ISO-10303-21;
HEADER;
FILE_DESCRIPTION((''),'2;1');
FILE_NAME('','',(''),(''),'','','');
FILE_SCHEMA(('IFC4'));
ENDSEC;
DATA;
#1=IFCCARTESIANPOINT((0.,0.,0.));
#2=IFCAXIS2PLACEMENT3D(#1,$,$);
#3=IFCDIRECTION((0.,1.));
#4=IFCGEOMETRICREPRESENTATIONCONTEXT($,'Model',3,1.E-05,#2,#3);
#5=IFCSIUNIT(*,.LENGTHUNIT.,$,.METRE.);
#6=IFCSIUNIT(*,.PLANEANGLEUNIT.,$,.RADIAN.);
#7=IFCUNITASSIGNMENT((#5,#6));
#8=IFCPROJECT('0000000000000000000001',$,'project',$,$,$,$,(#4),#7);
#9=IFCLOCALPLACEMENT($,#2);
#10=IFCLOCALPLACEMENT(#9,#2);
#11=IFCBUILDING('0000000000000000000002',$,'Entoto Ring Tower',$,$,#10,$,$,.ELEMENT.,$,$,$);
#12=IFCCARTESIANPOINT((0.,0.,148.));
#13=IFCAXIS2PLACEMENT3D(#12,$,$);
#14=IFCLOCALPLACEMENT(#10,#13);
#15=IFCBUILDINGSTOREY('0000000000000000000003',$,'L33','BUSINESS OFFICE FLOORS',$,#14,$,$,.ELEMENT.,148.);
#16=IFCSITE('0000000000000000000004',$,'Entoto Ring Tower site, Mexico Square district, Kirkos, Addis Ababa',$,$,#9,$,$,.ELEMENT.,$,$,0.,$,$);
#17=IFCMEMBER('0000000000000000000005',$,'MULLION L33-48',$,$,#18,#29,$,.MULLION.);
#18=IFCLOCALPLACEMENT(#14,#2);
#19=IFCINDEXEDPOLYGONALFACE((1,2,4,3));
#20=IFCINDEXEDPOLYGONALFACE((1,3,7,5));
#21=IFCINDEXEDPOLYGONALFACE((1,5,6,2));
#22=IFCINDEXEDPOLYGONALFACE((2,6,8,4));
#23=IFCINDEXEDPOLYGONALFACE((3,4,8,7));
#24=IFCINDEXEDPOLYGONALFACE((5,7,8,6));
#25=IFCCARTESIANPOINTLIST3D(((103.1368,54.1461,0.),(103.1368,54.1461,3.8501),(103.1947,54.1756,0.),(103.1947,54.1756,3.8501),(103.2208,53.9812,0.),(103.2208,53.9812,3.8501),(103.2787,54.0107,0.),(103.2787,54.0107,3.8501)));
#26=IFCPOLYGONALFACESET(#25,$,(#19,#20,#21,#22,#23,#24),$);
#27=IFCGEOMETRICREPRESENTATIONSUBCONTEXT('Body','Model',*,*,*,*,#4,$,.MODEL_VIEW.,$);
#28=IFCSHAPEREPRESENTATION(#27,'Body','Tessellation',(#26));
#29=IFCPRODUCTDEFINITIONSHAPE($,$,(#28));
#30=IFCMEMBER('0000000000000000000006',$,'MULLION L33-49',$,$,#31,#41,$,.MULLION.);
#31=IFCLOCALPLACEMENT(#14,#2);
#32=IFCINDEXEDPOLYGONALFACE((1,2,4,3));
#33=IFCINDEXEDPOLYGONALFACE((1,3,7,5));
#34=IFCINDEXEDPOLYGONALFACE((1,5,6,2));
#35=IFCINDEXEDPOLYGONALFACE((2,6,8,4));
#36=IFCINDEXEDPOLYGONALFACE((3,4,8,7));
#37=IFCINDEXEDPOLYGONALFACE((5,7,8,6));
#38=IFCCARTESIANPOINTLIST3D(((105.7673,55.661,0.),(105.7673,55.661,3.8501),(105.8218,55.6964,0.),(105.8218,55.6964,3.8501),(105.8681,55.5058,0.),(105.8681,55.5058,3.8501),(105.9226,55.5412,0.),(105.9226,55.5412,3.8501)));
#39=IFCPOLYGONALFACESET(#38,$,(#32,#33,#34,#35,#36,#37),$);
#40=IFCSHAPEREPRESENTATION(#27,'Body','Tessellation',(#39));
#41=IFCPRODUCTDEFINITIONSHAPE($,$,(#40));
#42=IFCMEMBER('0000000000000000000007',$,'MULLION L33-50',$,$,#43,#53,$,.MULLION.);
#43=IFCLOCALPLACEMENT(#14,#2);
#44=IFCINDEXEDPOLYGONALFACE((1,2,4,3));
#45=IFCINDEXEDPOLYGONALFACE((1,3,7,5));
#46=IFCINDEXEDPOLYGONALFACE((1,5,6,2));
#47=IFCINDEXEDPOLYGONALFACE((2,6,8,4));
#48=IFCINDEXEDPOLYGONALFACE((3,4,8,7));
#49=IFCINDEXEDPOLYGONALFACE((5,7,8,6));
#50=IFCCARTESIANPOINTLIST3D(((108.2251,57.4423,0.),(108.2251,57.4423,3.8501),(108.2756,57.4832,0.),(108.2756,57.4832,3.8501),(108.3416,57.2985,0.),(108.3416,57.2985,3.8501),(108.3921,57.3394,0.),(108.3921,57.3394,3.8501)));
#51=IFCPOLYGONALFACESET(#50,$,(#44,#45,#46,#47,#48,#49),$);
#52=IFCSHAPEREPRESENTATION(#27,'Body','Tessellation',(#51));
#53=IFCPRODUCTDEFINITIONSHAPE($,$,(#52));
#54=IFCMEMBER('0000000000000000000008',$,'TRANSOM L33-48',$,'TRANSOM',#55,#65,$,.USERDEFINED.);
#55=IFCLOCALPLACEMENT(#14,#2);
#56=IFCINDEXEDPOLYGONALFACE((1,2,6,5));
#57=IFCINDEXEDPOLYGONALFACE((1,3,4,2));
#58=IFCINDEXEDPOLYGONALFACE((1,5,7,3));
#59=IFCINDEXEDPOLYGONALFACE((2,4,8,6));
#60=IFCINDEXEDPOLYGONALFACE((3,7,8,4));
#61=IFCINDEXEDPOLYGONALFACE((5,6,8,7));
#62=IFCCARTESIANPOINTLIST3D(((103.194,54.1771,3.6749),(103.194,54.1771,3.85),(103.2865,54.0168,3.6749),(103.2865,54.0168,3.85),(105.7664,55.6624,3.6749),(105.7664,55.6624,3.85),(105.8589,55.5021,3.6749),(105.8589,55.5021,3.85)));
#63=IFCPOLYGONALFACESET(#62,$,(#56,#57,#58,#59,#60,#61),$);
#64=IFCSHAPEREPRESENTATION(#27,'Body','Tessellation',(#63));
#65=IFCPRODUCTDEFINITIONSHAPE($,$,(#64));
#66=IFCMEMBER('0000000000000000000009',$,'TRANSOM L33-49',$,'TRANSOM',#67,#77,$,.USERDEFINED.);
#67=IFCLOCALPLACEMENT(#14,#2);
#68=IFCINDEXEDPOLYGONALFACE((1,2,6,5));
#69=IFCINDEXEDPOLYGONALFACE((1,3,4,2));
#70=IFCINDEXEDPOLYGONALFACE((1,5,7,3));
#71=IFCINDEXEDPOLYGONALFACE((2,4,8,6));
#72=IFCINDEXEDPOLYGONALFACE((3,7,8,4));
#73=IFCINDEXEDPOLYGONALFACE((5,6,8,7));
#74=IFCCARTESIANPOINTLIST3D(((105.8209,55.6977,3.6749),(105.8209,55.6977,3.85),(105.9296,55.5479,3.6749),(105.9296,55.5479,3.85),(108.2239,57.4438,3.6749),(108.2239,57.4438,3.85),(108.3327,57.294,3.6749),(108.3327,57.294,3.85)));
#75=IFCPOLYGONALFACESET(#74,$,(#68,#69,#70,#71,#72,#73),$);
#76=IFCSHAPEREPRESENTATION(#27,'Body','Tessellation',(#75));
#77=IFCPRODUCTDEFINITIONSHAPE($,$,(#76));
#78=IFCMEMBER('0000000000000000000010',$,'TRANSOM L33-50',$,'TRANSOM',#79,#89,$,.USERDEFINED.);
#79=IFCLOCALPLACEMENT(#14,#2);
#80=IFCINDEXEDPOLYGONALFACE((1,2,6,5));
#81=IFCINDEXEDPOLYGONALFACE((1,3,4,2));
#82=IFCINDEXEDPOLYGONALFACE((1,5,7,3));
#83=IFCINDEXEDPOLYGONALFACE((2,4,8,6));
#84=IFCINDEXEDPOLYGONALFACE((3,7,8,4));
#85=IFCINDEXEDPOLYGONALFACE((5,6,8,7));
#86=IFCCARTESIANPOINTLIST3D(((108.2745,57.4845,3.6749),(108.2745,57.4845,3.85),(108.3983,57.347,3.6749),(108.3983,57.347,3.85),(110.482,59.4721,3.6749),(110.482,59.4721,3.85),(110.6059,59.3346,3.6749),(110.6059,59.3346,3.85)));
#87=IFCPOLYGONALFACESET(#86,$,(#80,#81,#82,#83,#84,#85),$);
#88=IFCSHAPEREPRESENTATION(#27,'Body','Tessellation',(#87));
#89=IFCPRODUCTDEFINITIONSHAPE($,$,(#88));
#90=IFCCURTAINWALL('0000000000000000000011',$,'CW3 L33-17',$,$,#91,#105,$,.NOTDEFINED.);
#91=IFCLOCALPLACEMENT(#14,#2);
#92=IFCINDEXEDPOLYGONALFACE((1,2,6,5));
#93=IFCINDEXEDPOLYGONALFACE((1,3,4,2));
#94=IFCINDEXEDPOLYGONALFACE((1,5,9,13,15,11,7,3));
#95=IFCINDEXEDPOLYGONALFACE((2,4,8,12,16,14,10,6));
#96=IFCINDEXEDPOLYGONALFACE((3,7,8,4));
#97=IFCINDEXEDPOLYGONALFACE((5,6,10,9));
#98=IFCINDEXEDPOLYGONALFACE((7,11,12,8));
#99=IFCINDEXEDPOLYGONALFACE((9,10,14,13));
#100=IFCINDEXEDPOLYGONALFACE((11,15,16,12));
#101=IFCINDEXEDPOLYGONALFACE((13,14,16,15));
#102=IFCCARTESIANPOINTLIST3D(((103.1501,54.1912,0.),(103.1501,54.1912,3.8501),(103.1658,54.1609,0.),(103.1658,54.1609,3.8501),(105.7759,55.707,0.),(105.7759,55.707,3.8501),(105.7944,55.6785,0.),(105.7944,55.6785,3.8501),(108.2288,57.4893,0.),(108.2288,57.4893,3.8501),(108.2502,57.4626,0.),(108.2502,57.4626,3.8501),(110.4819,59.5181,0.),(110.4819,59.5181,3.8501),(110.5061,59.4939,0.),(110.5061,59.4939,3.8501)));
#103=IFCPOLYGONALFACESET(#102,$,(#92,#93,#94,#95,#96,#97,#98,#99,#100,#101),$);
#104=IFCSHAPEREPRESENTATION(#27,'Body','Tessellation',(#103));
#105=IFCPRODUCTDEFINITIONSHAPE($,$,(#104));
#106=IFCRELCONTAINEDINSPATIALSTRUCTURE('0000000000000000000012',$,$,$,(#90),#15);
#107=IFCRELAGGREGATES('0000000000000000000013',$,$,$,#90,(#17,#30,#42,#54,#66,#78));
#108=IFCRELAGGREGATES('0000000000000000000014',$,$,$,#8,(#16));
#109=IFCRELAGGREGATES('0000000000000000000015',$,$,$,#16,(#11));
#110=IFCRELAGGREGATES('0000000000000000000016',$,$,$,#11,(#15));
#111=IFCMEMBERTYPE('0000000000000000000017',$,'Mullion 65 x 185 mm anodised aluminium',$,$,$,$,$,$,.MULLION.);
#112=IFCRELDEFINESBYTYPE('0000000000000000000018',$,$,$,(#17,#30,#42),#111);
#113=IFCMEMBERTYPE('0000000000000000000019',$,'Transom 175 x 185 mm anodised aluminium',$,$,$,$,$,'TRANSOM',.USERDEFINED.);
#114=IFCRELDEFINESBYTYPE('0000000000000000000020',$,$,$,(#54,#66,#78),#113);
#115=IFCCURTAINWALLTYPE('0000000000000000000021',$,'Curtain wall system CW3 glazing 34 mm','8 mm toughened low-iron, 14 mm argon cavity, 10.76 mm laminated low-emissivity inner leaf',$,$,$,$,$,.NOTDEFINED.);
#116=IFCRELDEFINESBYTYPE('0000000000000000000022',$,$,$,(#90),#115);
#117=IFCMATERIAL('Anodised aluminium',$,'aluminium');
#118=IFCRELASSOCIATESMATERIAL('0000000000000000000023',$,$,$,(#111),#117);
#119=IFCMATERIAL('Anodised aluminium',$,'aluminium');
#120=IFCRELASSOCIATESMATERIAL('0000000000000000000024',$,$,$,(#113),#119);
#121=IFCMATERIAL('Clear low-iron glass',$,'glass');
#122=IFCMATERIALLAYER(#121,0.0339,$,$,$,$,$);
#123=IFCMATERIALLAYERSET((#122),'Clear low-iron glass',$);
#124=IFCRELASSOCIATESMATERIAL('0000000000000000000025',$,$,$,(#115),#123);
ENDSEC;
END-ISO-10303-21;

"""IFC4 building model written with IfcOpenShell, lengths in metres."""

from ifc_helpers import new_model, si_unit, direction, frame, origin, origin_2d, place, context, subcontext, project, spatial, polyline, rectangle, outline, extrude, material, layer, layer_set, material_profile, profile_set, type_object, element, aggregate, save


model = new_model("IFC4")

# Units and contexts
model_context = context("Model", 3, precision=1e-05, world=origin(), true_north=direction((0.0, 1.0)))
body_context = subcontext(model_context, "Body", "Model", "MODEL_VIEW")
ifc_project = project(units=[si_unit("LENGTHUNIT", "METRE"), si_unit("PLANEANGLEUNIT", "RADIAN")], contexts=[model_context])

# Members
ifc_material_1 = material(Name="Anodised aluminium", Category="aluminium")
ifc_material_profile_1 = material_profile(ifc_material_1, rectangle(XDim=0.0649, YDim=0.1851, at=origin_2d()), Name="Mullion 65 x 185 mm anodised aluminium")
ifc_profile_set_1 = profile_set([ifc_material_profile_1], Name="Anodised aluminium")
member_type_1 = type_object("IfcMemberType", Name="Mullion 65 x 185 mm anodised aluminium", PredefinedType="MULLION", material=ifc_profile_set_1)
site_placement = place(None, origin())
building_placement = place(site_placement, origin())
storey_placement = place(building_placement, frame((0.0, 0.0, 148.0)))
member_1_placement = place(storey_placement, frame((103.2078, 54.0784, 0.0), z_axis=(0.0, 0.0, 1.0), x_axis=(0.891007, 0.45399, 0.0)))
member_1 = element("IfcMember", 1, at=member_1_placement, type_object=member_type_1, Name="MULLION L33-48", PredefinedType="MULLION", context=body_context, shape_type="SweptSolid", body=[
    extrude(rectangle(XDim=0.0649, YDim=0.1851, at=origin_2d()), origin(), (0.0, 0.0, 1.0), 3.8501),
])
member_2_placement = place(storey_placement, frame((105.845, 55.6011, 0.0), z_axis=(0.0, 0.0, 1.0), x_axis=(0.838671, 0.544639, 0.0)))
member_2 = element("IfcMember", 2, at=member_2_placement, type_object=member_type_1, Name="MULLION L33-49", PredefinedType="MULLION", context=body_context, shape_type="SweptSolid", body=[
    extrude(rectangle(XDim=0.0649, YDim=0.1851, at=origin_2d()), origin(), (0.0, 0.0, 1.0), 3.8501),
])
member_3_placement = place(storey_placement, frame((108.3086, 57.3909, 0.0), z_axis=(0.0, 0.0, 1.0), x_axis=(0.777146, 0.62932, 0.0)))
member_3 = element("IfcMember", 3, at=member_3_placement, type_object=member_type_1, Name="MULLION L33-50", PredefinedType="MULLION", context=body_context, shape_type="SweptSolid", body=[
    extrude(rectangle(XDim=0.0649, YDim=0.1851, at=origin_2d()), origin(), (0.0, 0.0, 1.0), 3.8501),
])
ifc_material_2 = material(Name="Anodised aluminium", Category="aluminium")
ifc_material_profile_2 = material_profile(ifc_material_2, rectangle(XDim=0.1851, YDim=0.175, at=origin_2d()), Name="Transom 175 x 185 mm anodised aluminium")
ifc_profile_set_2 = profile_set([ifc_material_profile_2], Name="Anodised aluminium")
member_type_2 = type_object("IfcMemberType", Name="Transom 175 x 185 mm anodised aluminium", ElementType="TRANSOM", PredefinedType="USERDEFINED", material=ifc_profile_set_2)
member_4_placement = place(storey_placement, frame((103.2402, 54.0969, 3.7625), z_axis=(0.866009, 0.500028, 0.0), x_axis=(-0.500028, 0.866009, 0.0)))
member_4 = element("IfcMember", 4, at=member_4_placement, type_object=member_type_2, Name="TRANSOM L33-48", ObjectType="TRANSOM", PredefinedType="USERDEFINED", context=body_context, shape_type="SweptSolid", body=[
    extrude(rectangle(XDim=0.1851, YDim=0.175, at=origin_2d()), origin(), (0.0, 0.0, 1.0), 2.9705),
])
member_5_placement = place(storey_placement, frame((105.8752, 55.6228, 3.7625), z_axis=(0.808992, 0.58782, 0.0), x_axis=(-0.58782, 0.808992, 0.0)))
member_5 = element("IfcMember", 5, at=member_5_placement, type_object=member_type_2, Name="TRANSOM L33-49", ObjectType="TRANSOM", PredefinedType="USERDEFINED", context=body_context, shape_type="SweptSolid", body=[
    extrude(rectangle(XDim=0.1851, YDim=0.175, at=origin_2d()), origin(), (0.0, 0.0, 1.0), 2.9705),
])
member_6_placement = place(storey_placement, frame((108.3364, 57.4158, 3.7625), z_axis=(0.743163, 0.66911, 0.0), x_axis=(-0.66911, 0.743163, 0.0)))
member_6 = element("IfcMember", 6, at=member_6_placement, type_object=member_type_2, Name="TRANSOM L33-50", ObjectType="TRANSOM", PredefinedType="USERDEFINED", context=body_context, shape_type="SweptSolid", body=[
    extrude(rectangle(XDim=0.1851, YDim=0.175, at=origin_2d()), origin(), (0.0, 0.0, 1.0), 2.9705),
])

# Site, building, storey
site = spatial("IfcSite", under=ifc_project, at=site_placement, Name="Entoto Ring Tower site, Mexico Square district, Kirkos, Addis Ababa", CompositionType="ELEMENT", RefElevation=0.0)
building = spatial("IfcBuilding", under=site, at=building_placement, Name="Entoto Ring Tower", CompositionType="ELEMENT")
storey = spatial("IfcBuildingStorey", under=building, at=storey_placement, Name="L33", Description="BUSINESS OFFICE FLOORS", CompositionType="ELEMENT", Elevation=148.0)

# Curtain wall
ifc_material_3 = material(Name="Clear low-iron glass", Category="glass")
ifc_layer_1 = layer(ifc_material_3, 0.0339)
ifc_layer_set_1 = layer_set([ifc_layer_1], Name="Clear low-iron glass")
curtain_wall_type = type_object("IfcCurtainWallType", Name="Curtain wall system CW3 glazing 34 mm", Description="8 mm toughened low-iron, 14 mm argon cavity, 10.76 mm laminated low-emissivity inner leaf", PredefinedType="NOTDEFINED", material=ifc_layer_set_1)
curtain_wall_1_placement = place(storey_placement, origin())
curtain_wall_1 = element("IfcCurtainWall", 7, at=curtain_wall_1_placement, inside=storey, type_object=curtain_wall_type, Name="CW3 L33-17", PredefinedType="NOTDEFINED", context=body_context, shape_type="SweptSolid", body=[
    extrude(outline(polyline([(103.1658, 54.1609), (105.7944, 55.6785), (108.2502, 57.4626), (110.5061, 59.4939), (110.4819, 59.5181), (108.2288, 57.4893), (105.7759, 55.707), (103.1501, 54.1912), (103.1658, 54.1609)])), origin(), (0.0, 0.0, 1.0), 3.8501),
])
aggregate(curtain_wall_1, [member_1, member_2, member_3, member_4, member_5, member_6])

save(model, "model.ifc")
